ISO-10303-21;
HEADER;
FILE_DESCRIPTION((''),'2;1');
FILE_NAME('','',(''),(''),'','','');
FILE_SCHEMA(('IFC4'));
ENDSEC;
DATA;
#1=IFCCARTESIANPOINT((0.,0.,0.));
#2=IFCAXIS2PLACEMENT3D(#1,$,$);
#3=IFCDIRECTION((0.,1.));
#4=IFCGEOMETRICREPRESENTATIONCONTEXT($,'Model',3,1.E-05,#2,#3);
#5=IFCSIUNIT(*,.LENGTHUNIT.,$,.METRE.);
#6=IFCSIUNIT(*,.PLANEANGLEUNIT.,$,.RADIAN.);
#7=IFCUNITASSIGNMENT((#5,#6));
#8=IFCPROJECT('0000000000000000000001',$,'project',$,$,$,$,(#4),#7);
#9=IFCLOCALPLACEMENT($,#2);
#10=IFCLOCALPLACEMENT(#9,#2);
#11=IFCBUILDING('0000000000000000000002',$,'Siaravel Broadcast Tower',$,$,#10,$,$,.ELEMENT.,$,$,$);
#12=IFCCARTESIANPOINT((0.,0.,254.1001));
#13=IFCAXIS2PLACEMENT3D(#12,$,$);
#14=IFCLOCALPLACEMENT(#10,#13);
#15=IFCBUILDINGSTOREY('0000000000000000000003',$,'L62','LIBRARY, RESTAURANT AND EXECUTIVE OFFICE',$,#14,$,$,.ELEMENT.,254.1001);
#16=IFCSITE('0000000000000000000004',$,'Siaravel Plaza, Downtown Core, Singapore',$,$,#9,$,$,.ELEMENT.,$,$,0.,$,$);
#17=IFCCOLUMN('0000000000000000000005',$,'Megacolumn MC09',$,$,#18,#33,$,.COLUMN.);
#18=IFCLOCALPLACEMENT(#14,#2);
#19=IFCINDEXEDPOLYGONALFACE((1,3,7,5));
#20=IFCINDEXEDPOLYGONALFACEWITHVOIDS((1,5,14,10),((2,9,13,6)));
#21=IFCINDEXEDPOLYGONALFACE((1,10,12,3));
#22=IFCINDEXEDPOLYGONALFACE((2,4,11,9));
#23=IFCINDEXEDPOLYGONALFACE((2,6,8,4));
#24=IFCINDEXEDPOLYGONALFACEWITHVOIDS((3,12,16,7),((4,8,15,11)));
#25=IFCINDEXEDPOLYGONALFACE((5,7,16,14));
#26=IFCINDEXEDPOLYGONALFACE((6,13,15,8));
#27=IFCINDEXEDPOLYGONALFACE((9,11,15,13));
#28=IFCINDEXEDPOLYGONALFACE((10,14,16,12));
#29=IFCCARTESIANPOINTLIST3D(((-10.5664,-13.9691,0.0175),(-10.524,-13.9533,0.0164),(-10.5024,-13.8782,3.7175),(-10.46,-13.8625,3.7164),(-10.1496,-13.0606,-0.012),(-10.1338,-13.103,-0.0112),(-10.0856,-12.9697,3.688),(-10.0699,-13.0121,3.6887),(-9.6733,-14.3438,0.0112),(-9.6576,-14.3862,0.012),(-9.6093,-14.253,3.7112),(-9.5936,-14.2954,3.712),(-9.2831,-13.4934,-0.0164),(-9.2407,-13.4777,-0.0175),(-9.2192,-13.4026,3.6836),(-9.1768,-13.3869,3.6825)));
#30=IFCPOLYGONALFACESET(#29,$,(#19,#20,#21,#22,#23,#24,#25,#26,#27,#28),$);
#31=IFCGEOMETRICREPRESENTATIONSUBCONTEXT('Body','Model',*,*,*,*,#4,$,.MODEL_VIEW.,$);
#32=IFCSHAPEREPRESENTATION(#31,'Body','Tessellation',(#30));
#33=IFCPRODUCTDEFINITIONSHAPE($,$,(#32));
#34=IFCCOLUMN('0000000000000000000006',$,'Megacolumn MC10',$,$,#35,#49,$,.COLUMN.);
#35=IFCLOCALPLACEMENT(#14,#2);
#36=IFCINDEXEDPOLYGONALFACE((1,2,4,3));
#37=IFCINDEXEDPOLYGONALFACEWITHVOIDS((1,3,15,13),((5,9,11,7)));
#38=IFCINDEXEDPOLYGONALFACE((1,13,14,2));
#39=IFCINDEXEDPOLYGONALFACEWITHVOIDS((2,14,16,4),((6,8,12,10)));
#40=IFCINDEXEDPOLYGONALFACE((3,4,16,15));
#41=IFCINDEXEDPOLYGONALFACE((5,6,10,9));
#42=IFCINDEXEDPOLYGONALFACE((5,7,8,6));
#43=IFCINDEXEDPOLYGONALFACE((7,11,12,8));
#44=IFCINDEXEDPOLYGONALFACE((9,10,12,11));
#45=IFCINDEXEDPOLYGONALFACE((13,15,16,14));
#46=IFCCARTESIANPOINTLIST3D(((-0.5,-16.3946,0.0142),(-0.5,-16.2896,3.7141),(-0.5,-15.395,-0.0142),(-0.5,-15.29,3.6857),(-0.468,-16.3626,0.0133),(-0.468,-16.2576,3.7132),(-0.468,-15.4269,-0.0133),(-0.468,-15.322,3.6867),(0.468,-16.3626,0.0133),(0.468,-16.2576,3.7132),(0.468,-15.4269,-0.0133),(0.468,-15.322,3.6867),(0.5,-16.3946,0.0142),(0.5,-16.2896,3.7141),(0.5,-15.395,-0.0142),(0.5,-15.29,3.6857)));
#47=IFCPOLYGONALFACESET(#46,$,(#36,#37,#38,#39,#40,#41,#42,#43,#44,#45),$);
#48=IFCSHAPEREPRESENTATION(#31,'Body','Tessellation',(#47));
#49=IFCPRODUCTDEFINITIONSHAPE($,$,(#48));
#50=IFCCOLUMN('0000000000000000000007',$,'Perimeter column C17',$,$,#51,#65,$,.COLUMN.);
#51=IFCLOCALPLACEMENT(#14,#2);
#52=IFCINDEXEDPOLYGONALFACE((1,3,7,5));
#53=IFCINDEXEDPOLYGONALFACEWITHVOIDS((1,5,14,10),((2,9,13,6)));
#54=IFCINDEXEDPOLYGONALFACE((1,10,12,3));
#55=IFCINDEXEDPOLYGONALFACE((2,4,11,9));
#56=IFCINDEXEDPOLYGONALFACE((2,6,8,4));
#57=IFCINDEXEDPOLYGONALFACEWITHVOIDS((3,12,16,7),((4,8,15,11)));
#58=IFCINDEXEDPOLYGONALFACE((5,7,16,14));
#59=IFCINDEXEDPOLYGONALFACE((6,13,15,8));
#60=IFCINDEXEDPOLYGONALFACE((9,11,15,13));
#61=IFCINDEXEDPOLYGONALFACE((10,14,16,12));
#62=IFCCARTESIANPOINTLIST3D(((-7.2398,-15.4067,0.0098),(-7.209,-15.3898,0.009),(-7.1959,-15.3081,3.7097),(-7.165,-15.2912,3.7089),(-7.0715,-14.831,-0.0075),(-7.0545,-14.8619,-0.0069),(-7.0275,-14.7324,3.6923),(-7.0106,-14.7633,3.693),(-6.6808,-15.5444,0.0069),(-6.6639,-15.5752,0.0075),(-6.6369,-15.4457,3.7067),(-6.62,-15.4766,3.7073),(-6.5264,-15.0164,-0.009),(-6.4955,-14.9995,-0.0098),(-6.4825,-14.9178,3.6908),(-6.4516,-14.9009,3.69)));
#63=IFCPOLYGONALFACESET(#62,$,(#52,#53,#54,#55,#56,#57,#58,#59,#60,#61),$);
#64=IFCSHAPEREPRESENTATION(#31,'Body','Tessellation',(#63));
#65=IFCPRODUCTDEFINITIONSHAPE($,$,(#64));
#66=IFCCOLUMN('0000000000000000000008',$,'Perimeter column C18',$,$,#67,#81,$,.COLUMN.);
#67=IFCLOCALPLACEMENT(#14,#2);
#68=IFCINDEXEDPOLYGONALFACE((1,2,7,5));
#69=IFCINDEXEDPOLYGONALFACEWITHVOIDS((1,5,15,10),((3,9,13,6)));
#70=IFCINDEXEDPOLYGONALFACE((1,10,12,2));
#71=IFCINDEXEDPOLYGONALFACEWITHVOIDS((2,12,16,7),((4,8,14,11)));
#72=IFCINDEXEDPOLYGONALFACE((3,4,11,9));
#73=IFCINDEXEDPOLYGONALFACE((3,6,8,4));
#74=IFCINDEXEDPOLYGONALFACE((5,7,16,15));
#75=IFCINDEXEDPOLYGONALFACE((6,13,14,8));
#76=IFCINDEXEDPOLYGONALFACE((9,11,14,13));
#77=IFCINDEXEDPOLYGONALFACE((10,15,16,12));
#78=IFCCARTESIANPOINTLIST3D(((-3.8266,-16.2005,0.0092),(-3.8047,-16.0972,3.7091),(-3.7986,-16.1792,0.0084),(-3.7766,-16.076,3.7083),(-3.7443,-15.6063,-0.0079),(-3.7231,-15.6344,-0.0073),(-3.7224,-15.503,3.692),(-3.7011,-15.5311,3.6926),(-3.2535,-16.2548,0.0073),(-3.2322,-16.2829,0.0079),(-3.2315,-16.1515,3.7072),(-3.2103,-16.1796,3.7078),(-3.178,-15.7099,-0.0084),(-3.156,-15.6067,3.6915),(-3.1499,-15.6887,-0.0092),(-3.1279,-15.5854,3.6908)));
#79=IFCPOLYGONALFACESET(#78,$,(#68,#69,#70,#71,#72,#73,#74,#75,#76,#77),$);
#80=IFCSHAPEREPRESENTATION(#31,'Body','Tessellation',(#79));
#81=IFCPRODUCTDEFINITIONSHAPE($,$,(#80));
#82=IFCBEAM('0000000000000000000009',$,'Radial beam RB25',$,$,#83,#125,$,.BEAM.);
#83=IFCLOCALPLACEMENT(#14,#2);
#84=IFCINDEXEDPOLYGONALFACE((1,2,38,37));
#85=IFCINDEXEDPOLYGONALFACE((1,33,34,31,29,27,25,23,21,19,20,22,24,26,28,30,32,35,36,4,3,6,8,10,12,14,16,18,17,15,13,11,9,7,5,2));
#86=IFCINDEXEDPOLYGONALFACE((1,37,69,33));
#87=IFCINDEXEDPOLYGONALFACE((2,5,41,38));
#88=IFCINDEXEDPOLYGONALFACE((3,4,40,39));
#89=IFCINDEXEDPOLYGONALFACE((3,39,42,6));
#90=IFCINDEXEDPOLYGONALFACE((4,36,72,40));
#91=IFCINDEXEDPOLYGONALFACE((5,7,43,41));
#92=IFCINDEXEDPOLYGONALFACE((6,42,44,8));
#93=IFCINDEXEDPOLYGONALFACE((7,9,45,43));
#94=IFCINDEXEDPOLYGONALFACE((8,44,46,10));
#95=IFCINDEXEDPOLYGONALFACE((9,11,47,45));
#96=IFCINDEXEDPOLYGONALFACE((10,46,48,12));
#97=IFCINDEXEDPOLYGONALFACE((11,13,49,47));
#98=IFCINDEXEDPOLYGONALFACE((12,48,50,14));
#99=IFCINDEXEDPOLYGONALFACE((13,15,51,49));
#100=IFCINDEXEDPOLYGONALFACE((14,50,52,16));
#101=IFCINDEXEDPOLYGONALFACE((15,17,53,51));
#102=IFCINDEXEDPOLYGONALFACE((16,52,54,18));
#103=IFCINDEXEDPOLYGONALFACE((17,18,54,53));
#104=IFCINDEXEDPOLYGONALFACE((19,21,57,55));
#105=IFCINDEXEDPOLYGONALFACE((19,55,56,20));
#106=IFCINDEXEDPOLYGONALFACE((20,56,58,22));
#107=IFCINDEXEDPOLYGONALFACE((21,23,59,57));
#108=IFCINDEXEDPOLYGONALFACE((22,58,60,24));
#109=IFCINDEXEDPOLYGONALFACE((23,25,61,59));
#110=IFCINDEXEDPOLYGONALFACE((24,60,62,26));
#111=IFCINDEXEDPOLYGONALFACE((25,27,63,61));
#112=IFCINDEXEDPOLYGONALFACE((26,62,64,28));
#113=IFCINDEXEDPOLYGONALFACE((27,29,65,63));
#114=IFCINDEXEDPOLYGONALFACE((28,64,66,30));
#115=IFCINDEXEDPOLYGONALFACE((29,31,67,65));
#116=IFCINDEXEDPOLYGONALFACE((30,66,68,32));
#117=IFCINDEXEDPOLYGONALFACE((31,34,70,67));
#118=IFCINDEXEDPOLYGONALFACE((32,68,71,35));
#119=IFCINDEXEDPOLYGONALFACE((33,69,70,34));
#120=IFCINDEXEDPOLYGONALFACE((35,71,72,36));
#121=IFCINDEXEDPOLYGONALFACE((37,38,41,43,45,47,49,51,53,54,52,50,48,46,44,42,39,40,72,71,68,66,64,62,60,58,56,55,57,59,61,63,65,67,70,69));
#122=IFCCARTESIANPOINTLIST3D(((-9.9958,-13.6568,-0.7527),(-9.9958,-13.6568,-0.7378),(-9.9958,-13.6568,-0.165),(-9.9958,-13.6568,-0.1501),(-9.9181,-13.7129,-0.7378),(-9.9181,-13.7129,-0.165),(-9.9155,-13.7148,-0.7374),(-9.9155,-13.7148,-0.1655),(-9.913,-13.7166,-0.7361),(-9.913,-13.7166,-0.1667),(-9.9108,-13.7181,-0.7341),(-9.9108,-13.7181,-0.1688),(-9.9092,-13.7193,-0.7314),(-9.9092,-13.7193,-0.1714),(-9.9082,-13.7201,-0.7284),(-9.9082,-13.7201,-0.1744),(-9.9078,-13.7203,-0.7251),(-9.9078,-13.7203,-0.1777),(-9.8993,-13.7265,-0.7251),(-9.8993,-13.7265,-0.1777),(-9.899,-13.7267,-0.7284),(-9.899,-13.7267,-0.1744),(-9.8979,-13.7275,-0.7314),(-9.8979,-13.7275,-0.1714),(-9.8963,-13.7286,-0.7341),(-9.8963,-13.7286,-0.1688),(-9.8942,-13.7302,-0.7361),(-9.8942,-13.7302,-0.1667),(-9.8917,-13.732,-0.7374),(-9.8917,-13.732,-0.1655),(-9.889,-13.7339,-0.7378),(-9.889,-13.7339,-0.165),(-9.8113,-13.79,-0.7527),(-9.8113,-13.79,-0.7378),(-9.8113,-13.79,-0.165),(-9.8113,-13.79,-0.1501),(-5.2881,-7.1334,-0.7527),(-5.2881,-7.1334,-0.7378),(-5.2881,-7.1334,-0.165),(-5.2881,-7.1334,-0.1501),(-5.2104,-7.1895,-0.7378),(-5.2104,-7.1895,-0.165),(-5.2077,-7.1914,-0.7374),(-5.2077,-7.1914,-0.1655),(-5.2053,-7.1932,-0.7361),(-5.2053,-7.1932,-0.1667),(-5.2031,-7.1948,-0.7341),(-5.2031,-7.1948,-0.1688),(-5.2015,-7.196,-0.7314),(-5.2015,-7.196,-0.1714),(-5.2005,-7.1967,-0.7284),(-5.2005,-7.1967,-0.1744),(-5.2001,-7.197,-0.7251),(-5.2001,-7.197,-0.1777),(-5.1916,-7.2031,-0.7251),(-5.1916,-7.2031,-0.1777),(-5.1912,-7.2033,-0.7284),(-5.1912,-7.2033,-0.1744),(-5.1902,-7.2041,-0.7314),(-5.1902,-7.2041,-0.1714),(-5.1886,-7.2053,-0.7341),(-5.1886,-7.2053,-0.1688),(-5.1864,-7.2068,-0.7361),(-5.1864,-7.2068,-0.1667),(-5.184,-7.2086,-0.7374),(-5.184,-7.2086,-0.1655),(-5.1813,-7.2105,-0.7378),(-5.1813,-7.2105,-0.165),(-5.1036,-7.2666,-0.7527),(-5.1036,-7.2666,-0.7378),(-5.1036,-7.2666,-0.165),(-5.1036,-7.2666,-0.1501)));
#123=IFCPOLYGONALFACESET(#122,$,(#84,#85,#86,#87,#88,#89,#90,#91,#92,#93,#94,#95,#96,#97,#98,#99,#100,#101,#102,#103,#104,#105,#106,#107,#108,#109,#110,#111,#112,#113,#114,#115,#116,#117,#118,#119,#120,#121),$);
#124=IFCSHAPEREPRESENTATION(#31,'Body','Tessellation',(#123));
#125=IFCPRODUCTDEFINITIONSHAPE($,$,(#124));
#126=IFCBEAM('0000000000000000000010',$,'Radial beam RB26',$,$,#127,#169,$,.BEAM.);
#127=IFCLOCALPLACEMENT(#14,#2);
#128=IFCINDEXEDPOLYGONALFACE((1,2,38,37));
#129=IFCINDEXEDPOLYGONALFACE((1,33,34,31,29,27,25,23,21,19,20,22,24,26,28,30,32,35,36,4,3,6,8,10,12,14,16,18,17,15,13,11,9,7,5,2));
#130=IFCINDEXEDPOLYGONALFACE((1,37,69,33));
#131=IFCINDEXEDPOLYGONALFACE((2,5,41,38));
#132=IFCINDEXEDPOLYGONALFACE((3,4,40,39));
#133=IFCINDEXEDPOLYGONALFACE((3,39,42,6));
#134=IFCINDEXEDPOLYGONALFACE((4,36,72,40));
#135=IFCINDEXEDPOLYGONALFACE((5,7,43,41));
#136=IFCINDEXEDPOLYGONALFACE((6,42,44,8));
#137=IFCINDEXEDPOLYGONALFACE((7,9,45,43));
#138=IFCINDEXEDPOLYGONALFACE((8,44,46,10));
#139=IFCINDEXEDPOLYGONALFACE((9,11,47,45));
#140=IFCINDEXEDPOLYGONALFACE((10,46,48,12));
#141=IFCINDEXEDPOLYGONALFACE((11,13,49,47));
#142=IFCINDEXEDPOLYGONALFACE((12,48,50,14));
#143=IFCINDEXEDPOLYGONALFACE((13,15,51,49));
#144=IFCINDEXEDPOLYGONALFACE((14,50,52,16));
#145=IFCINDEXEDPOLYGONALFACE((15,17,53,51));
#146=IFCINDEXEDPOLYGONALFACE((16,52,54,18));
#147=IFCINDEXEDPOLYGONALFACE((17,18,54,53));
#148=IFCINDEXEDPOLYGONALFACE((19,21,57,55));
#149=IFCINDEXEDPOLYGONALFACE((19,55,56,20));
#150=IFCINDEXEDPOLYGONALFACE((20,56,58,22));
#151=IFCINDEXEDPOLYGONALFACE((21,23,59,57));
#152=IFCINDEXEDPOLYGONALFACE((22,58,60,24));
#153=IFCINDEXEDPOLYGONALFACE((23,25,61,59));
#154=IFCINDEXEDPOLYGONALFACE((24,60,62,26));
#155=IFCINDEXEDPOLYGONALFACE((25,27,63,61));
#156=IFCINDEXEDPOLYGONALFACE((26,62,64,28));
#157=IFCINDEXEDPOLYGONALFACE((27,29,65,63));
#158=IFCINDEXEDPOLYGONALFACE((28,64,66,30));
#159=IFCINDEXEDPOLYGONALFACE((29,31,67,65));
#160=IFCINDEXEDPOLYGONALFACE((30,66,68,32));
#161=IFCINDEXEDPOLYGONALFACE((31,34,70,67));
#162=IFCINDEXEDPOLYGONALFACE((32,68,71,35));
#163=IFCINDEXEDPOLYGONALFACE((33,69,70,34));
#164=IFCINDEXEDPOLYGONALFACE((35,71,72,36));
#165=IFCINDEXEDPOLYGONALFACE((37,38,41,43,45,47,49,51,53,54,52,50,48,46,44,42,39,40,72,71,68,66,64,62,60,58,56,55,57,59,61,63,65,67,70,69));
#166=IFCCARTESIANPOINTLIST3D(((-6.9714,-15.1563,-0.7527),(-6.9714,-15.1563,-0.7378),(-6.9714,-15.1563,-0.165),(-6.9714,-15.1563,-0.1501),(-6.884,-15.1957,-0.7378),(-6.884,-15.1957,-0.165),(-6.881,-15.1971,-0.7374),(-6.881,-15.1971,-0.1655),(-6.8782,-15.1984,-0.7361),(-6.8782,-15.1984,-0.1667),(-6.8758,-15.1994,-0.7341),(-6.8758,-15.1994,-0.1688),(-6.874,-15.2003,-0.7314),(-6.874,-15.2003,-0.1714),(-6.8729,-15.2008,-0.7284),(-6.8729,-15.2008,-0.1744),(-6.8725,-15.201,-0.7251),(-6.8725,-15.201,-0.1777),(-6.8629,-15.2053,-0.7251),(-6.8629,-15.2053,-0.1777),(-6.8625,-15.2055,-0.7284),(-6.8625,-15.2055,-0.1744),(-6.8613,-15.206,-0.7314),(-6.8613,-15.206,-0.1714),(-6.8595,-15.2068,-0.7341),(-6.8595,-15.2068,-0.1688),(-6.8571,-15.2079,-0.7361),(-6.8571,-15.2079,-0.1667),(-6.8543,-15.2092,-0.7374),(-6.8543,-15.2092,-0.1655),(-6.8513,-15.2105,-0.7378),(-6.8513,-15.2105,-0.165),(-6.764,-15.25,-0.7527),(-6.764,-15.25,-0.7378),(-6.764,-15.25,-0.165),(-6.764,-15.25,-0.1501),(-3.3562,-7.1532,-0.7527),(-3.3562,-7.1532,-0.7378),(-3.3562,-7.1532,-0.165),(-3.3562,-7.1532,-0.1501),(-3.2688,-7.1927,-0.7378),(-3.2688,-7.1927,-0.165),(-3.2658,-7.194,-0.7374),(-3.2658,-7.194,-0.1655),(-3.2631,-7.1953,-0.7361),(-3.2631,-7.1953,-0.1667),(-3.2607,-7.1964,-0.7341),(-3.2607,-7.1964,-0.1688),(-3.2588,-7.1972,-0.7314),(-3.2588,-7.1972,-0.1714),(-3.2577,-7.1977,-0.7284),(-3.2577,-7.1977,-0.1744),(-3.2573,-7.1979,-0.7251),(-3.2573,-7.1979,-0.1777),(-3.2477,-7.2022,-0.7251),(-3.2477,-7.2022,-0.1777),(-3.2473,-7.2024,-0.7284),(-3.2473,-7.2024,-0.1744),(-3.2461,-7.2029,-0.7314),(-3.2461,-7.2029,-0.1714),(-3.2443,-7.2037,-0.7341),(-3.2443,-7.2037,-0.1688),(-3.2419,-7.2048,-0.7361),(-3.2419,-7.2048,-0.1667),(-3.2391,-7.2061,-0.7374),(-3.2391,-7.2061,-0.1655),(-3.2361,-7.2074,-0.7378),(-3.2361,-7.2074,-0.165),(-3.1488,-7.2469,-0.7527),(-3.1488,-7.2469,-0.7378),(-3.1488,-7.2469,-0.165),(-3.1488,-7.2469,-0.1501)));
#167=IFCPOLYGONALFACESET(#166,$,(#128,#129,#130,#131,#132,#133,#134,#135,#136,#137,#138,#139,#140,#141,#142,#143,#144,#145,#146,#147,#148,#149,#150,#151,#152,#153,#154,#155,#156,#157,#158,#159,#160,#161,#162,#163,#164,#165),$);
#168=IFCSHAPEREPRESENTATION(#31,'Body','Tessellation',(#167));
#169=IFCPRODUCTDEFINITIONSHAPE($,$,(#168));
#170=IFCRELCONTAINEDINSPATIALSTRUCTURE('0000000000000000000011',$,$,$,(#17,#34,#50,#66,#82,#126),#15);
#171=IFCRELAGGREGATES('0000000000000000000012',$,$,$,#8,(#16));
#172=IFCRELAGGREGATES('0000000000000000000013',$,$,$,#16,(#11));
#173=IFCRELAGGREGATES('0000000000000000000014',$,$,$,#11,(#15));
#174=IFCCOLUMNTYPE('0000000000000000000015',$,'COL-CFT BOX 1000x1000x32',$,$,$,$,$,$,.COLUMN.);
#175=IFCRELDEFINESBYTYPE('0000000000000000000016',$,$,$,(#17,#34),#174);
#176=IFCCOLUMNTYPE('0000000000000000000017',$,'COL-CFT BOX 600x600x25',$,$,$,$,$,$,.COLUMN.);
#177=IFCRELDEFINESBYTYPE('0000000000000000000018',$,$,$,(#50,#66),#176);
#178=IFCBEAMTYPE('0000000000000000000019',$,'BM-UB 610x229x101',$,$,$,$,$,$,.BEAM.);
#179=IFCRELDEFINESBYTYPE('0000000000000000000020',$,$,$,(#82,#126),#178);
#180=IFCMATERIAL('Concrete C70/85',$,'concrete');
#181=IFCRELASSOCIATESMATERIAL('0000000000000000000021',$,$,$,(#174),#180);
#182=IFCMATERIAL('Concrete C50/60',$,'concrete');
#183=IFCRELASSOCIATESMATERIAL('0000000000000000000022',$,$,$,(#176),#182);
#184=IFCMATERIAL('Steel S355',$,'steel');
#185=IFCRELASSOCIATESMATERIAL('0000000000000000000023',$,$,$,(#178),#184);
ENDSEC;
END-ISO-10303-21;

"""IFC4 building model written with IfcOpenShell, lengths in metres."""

from ifc_helpers import new_model, si_unit, direction, frame, origin, origin_2d, place, context, subcontext, project, spatial, hollow_rectangle, i_section, extrude, material, material_profile, profile_set, type_object, element, save


model = new_model("IFC4")

# Units and contexts
model_context = context("Model", 3, precision=1e-05, world=origin(), true_north=direction((0.0, 1.0)))
body_context = subcontext(model_context, "Body", "Model", "MODEL_VIEW")
ifc_project = project(units=[si_unit("LENGTHUNIT", "METRE"), si_unit("PLANEANGLEUNIT", "RADIAN")], contexts=[model_context])

# Site, building, storey
site_placement = place(None, origin())
site = spatial("IfcSite", under=ifc_project, at=site_placement, Name="Siaravel Plaza, Downtown Core, Singapore", CompositionType="ELEMENT", RefElevation=0.0)
building_placement = place(site_placement, origin())
building = spatial("IfcBuilding", under=site, at=building_placement, Name="Siaravel Broadcast Tower", CompositionType="ELEMENT")
storey_placement = place(building_placement, frame((0.0, 0.0, 254.1001)))
storey = spatial("IfcBuildingStorey", under=building, at=storey_placement, Name="L62", Description="LIBRARY, RESTAURANT AND EXECUTIVE OFFICE", CompositionType="ELEMENT", Elevation=254.1001)

# Columns
ifc_material_1 = material(Name="Concrete C70/85", Category="concrete")
ifc_material_profile_1 = material_profile(ifc_material_1, hollow_rectangle(XDim=1.0, YDim=1.0, WallThickness=0.032, at=origin_2d()))
ifc_profile_set_1 = profile_set([ifc_material_profile_1], Name="Concrete C70/85")
column_type_1 = type_object("IfcColumnType", Name="COL-CFT BOX 1000x1000x32", PredefinedType="COLUMN", material=ifc_profile_set_1)
column_1_placement = place(storey_placement, frame((-9.9036, -13.7234, 0.0), z_axis=(0.01728, 0.024535, 0.99955), x_axis=(-0.908817, 0.417158, 0.005472)))
element("IfcColumn", 1, at=column_1_placement, inside=storey, type_object=column_type_1, Name="Megacolumn MC09", PredefinedType="COLUMN", context=body_context, shape_type="SweptSolid", body=[
    extrude(hollow_rectangle(XDim=1.0, YDim=1.0, WallThickness=0.032, at=origin_2d()), origin(), (0.0, 0.0, 1.0), 3.7017),
])
column_2_placement = place(storey_placement, frame((0.0, -15.8948, 0.0), z_axis=(0.0, 0.028362, 0.999598), x_axis=(-1.0, 0.0, 0.0)))
element("IfcColumn", 2, at=column_2_placement, inside=storey, type_object=column_type_1, Name="Megacolumn MC10", PredefinedType="COLUMN", context=body_context, shape_type="SweptSolid", body=[
    extrude(hollow_rectangle(XDim=1.0, YDim=1.0, WallThickness=0.032, at=origin_2d()), origin(), (0.0, 0.0, 1.0), 3.7014),
])
ifc_material_2 = material(Name="Concrete C50/60", Category="concrete")
ifc_material_profile_2 = material_profile(ifc_material_2, hollow_rectangle(XDim=0.6001, YDim=0.6001, WallThickness=0.0249, at=origin_2d()))
ifc_profile_set_2 = profile_set([ifc_material_profile_2], Name="Concrete C50/60")
column_type_2 = type_object("IfcColumnType", Name="COL-CFT BOX 600x600x25", PredefinedType="COLUMN", material=ifc_profile_set_2)
for number, where, z_axis, x_axis, name in (
    (3, (-6.8677, -15.2031, 0.0), (0.011872, 0.026647, 0.999574), (-0.959752, 0.280821, 0.003913), "Perimeter column C17"),
    (4, (-3.4883, -15.9446, 0.0), (0.005936, 0.0279, 0.999593), (-0.990529, 0.137291, 0.00205), "Perimeter column C18"),
):
    element("IfcColumn", number, at=place(storey_placement, frame(where, z_axis=z_axis, x_axis=x_axis)), inside=storey, type_object=column_type_2, Name=name, PredefinedType="COLUMN", context=body_context, shape_type="SweptSolid", body=[
        extrude(hollow_rectangle(XDim=0.6001, YDim=0.6001, WallThickness=0.0249, at=origin_2d()), origin(), (0.0, 0.0, 1.0), 3.7014),
    ])

# Beams
ifc_material_3 = material(Name="Steel S355", Category="steel")
ifc_material_profile_3 = material_profile(ifc_material_3, i_section(OverallWidth=0.2275, OverallDepth=0.6025, WebThickness=0.0105, FlangeThickness=0.0149, FilletRadius=0.0127, at=origin_2d()))
ifc_profile_set_3 = profile_set([ifc_material_profile_3], Name="Steel S355")
beam_type = type_object("IfcBeamType", Name="BM-UB 610x229x101", PredefinedType="BEAM", material=ifc_profile_set_3)
beam_1_placement = place(storey_placement, frame((-9.9036, -13.7234, -0.4514), z_axis=(0.585196, 0.810892, 0.0), x_axis=(-0.810892, 0.585196, 0.0)))
element("IfcBeam", 5, at=beam_1_placement, inside=storey, type_object=beam_type, Name="Radial beam RB25", PredefinedType="BEAM", context=body_context, shape_type="SweptSolid", body=[
    extrude(i_section(OverallWidth=0.2275, OverallDepth=0.6025, WebThickness=0.0105, FlangeThickness=0.0149, FilletRadius=0.0127, at=origin_2d()), origin(), (0.0, 0.0, 1.0), 8.0447),
])
beam_2_placement = place(storey_placement, frame((-6.8677, -15.2031, -0.4514), z_axis=(0.411672, 0.911332, 0.0), x_axis=(-0.911332, 0.411672, 0.0)))
element("IfcBeam", 6, at=beam_2_placement, inside=storey, type_object=beam_type, Name="Radial beam RB26", PredefinedType="BEAM", context=body_context, shape_type="SweptSolid", body=[
    extrude(i_section(OverallWidth=0.2275, OverallDepth=0.6025, WebThickness=0.0105, FlangeThickness=0.0149, FilletRadius=0.0127, at=origin_2d()), origin(), (0.0, 0.0, 1.0), 8.7817),
])

save(model, "model.ifc")
